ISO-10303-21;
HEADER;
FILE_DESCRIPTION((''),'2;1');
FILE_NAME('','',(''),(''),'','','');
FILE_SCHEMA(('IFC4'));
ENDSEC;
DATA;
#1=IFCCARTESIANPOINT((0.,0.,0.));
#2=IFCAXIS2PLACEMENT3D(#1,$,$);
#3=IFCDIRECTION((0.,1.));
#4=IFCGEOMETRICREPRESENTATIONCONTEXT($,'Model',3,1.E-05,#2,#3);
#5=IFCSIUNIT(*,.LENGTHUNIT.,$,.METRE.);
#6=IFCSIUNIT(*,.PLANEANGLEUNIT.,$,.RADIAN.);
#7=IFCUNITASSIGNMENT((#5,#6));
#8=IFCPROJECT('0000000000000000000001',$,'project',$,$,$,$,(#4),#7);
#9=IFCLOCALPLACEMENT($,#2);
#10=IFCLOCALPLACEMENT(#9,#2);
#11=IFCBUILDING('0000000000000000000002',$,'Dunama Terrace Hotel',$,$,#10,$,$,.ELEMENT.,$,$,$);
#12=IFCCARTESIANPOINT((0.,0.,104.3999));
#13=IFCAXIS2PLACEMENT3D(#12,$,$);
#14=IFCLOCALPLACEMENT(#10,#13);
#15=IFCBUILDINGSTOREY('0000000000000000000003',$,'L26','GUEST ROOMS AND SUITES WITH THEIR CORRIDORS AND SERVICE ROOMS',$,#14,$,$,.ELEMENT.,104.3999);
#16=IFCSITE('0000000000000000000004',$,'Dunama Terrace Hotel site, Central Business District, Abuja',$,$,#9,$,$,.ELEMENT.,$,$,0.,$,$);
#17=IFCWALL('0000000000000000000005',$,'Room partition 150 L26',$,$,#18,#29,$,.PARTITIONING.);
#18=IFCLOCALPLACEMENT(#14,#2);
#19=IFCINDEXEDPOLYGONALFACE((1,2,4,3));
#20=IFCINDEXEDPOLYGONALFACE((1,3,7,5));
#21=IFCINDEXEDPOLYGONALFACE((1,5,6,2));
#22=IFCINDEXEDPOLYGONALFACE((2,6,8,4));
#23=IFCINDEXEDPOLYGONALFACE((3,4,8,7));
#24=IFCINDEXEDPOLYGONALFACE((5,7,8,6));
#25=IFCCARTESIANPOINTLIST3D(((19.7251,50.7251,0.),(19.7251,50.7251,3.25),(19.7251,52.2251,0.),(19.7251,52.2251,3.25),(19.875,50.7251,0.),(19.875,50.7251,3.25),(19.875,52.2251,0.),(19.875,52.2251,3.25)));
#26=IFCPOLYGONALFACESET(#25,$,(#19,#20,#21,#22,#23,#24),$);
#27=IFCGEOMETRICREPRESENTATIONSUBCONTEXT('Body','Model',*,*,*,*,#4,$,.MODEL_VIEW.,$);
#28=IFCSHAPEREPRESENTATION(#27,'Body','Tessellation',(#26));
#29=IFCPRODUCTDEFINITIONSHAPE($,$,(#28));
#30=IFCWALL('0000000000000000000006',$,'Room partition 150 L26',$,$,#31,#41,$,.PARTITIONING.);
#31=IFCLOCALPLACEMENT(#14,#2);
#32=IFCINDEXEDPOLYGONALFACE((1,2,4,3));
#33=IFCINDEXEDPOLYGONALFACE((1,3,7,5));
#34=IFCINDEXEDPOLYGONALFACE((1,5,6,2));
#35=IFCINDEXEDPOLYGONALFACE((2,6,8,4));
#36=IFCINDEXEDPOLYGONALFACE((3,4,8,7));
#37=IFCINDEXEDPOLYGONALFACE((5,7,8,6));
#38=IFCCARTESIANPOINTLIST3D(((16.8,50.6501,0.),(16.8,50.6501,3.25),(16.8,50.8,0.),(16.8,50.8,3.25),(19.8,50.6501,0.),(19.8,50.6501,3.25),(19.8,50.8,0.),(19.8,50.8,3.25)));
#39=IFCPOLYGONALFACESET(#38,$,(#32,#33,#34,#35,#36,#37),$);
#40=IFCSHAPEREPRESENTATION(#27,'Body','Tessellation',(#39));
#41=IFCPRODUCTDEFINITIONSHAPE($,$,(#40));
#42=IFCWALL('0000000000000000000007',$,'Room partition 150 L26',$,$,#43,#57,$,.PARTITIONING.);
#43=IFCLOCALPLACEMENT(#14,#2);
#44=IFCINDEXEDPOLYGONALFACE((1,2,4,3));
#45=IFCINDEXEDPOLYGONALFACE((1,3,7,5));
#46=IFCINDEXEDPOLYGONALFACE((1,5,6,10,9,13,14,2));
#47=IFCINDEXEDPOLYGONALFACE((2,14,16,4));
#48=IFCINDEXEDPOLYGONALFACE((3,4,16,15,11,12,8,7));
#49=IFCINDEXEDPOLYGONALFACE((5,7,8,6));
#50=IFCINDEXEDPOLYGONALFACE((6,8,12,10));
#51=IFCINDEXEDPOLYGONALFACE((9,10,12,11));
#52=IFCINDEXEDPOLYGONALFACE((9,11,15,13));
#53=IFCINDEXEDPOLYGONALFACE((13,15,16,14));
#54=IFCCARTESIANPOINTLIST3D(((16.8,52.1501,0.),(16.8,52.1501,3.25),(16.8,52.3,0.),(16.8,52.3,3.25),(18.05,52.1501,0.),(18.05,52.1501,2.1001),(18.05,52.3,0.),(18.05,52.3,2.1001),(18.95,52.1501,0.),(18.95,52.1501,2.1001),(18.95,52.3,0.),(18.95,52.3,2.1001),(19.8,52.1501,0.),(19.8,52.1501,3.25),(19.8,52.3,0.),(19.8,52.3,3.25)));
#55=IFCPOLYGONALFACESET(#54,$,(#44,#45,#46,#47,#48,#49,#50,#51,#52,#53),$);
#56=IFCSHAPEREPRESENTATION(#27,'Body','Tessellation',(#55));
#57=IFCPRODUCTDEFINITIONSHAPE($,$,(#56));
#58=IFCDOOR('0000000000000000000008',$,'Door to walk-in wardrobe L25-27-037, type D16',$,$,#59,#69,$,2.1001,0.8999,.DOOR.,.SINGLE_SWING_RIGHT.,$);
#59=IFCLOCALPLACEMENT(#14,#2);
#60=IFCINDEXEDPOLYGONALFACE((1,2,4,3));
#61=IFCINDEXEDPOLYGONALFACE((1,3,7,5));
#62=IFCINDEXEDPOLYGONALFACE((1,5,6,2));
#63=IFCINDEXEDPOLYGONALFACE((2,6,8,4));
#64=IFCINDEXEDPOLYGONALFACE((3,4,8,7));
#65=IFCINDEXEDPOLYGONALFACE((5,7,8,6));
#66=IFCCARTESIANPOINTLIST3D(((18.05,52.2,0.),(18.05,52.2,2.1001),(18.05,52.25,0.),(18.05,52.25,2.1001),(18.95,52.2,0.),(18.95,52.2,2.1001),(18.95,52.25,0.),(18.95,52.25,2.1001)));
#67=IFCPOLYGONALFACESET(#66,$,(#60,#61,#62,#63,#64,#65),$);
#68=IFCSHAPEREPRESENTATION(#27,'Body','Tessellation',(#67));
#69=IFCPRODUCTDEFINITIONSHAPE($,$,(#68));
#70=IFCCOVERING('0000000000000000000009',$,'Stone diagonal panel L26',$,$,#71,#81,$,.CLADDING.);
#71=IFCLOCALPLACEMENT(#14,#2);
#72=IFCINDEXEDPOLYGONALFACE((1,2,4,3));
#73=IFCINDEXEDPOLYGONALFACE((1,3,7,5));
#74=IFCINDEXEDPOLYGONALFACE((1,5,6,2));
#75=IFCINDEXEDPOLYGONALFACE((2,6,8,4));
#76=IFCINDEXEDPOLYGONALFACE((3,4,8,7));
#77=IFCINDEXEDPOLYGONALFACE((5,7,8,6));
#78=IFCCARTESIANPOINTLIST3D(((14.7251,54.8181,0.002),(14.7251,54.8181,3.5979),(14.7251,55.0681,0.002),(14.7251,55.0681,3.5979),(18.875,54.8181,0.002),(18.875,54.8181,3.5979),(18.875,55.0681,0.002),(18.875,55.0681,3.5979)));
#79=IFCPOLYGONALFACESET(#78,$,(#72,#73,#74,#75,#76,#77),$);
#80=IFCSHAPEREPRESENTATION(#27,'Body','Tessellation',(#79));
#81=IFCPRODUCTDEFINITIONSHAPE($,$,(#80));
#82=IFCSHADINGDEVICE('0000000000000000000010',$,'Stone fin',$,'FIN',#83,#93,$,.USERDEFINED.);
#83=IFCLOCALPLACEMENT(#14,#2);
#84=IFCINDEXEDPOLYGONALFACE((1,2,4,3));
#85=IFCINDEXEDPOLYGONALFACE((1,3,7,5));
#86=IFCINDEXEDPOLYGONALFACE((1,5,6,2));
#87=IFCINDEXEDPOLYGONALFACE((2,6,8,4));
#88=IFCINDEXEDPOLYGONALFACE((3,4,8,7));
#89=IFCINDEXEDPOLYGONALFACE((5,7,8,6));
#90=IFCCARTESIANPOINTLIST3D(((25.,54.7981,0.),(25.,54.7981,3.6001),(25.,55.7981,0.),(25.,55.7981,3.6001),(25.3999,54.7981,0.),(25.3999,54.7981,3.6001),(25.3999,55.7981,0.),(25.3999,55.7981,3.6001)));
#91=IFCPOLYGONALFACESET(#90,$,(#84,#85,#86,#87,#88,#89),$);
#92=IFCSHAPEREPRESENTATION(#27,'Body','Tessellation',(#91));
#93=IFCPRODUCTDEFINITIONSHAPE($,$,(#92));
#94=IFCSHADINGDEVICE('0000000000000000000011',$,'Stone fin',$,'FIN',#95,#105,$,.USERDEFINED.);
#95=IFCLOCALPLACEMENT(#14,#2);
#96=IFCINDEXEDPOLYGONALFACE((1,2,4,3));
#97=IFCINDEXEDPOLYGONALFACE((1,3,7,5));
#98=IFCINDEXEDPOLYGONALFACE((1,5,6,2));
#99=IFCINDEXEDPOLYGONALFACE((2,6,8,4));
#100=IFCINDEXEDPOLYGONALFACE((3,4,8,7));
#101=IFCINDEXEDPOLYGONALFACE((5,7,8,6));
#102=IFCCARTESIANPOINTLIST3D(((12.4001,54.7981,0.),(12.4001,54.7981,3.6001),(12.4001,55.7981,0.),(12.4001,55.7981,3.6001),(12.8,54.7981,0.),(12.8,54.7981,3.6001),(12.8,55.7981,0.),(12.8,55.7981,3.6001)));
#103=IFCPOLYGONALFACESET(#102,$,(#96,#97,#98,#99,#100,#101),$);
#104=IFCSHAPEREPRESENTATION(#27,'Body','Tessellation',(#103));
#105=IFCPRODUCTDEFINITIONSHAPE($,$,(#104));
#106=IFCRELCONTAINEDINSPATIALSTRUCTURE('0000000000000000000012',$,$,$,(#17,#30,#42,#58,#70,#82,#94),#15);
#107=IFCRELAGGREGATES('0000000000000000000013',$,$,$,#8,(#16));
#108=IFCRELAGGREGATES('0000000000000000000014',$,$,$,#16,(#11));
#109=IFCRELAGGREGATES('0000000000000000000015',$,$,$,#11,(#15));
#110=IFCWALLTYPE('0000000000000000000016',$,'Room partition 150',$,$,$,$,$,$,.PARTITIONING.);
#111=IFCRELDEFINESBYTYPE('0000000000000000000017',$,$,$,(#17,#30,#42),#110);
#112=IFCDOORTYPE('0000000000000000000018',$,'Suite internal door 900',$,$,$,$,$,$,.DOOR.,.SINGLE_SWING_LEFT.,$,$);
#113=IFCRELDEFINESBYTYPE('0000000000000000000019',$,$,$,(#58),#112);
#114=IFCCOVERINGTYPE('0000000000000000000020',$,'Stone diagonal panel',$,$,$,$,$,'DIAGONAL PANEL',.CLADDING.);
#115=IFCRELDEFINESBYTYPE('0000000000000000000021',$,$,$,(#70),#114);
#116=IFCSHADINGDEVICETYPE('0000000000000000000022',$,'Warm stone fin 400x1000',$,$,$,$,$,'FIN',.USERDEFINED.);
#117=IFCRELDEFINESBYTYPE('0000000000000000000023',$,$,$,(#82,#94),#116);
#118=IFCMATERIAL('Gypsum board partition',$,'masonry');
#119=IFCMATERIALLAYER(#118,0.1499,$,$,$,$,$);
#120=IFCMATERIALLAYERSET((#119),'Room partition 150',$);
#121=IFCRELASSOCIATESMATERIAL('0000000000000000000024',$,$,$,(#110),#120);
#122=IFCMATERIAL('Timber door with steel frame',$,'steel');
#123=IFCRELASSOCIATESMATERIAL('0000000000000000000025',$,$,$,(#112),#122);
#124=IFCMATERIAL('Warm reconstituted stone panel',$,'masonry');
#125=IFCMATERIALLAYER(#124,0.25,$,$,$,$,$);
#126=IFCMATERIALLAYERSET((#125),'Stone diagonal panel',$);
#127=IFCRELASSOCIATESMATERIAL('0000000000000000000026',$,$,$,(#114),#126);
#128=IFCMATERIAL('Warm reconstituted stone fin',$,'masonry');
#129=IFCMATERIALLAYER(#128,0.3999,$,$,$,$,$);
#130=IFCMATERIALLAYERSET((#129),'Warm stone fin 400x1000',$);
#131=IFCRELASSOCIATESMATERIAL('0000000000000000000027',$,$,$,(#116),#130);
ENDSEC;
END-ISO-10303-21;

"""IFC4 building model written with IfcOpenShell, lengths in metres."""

from ifc_helpers import new_model, si_unit, direction, frame, frame_2d, origin, origin_2d, place, context, subcontext, project, spatial, rectangle, extrude, material, layer, layer_set, type_object, element, fill, save


model = new_model("IFC4")

# Units and contexts
model_context = context("Model", 3, precision=1e-05, world=origin(), true_north=direction((0.0, 1.0)))
body_context = subcontext(model_context, "Body", "Model", "MODEL_VIEW")
ifc_project = project(units=[si_unit("LENGTHUNIT", "METRE"), si_unit("PLANEANGLEUNIT", "RADIAN")], contexts=[model_context])

# Site, building, storey
site_placement = place(None, origin())
site = spatial("IfcSite", under=ifc_project, at=site_placement, Name="Dunama Terrace Hotel site, Central Business District, Abuja", CompositionType="ELEMENT", RefElevation=0.0)
building_placement = place(site_placement, origin())
building = spatial("IfcBuilding", under=site, at=building_placement, Name="Dunama Terrace Hotel", CompositionType="ELEMENT")
storey_placement = place(building_placement, frame((0.0, 0.0, 104.3999)))
storey = spatial("IfcBuildingStorey", under=building, at=storey_placement, Name="L26", Description="GUEST ROOMS AND SUITES WITH THEIR CORRIDORS AND SERVICE ROOMS", CompositionType="ELEMENT", Elevation=104.3999)

# Walls
ifc_material_1 = material(Name="Gypsum board partition", Category="masonry")
ifc_layer_1 = layer(ifc_material_1, 0.1499)
ifc_layer_set_1 = layer_set([ifc_layer_1], Name="Room partition 150")
wall_type_1 = type_object("IfcWallType", Name="Room partition 150", PredefinedType="PARTITIONING", material=ifc_layer_set_1)
wall_1_placement = place(storey_placement, frame((19.8, 50.7251, 0.0), z_axis=(0.0, 0.0, 1.0), x_axis=(0.0, 1.0, 0.0)))
element("IfcWall", 1, at=wall_1_placement, inside=storey, type_object=wall_type_1, Name="Room partition 150 L26", PredefinedType="PARTITIONING", context=body_context, shape_type="SweptSolid", body=[
    extrude(rectangle(XDim=1.5, YDim=0.1499, at=frame_2d((0.75, 0.0))), origin(), (0.0, 0.0, 1.0), 3.25),
])
wall_2_placement = place(storey_placement, frame((16.8, 50.7251, 0.0), z_axis=(0.0, 0.0, 1.0), x_axis=(1.0, 0.0, 0.0)))
element("IfcWall", 2, at=wall_2_placement, inside=storey, type_object=wall_type_1, Name="Room partition 150 L26", PredefinedType="PARTITIONING", context=body_context, shape_type="SweptSolid", body=[
    extrude(rectangle(XDim=3.0, YDim=0.1499, at=frame_2d((1.5, 0.0))), origin(), (0.0, 0.0, 1.0), 3.25),
])

# Wall, opening, door
wall_3_placement = place(storey_placement, frame((16.8, 52.2251, 0.0), z_axis=(0.0, 0.0, 1.0), x_axis=(1.0, 0.0, 0.0)))
wall_3 = element("IfcWall", 3, at=wall_3_placement, inside=storey, type_object=wall_type_1, Name="Room partition 150 L26", PredefinedType="PARTITIONING", context=body_context, shape_type="SweptSolid", body=[
    extrude(rectangle(XDim=3.0, YDim=0.1499, at=frame_2d((1.5, 0.0))), origin(), (0.0, 0.0, 1.0), 3.25),
])
opening_1_placement = place(wall_3_placement, frame((1.25, 0.0, 0.0)))
opening_1 = element("IfcOpeningElement", 4, at=opening_1_placement, cuts=wall_3, PredefinedType="OPENING", context=body_context, shape_type="SweptSolid", body=[
    extrude(rectangle(XDim=0.8999, YDim=2.1001, at=frame_2d((0.45, 1.05))), frame((0.0, 0.085, 0.0), z_axis=(0.0, -1.0, 0.0), x_axis=(1.0, 0.0, 0.0)), (0.0, 0.0, 1.0), 0.1699),
])
ifc_material_2 = material(Name="Timber door with steel frame", Category="steel")
door_type_1 = type_object("IfcDoorType", Name="Suite internal door 900", OperationType="SINGLE_SWING_LEFT", PredefinedType="DOOR", material=ifc_material_2)
door_1_placement = place(opening_1_placement, frame((0.8999, 0.0, 0.0), z_axis=(0.0, 0.0, 1.0), x_axis=(-1.0, 0.0, 0.0)))
door_1 = element("IfcDoor", 5, at=door_1_placement, inside=storey, type_object=door_type_1, Name="Door to walk-in wardrobe L25-27-037, type D16", OperationType="SINGLE_SWING_RIGHT", OverallHeight=2.1001, OverallWidth=0.8999, PredefinedType="DOOR", context=body_context, shape_type="SweptSolid", body=[
    extrude(rectangle(XDim=0.8999, YDim=2.1001, at=frame_2d((0.45, 1.05))), frame((0.0, 0.0251, 0.0), z_axis=(0.0, -1.0, 0.0), x_axis=(1.0, 0.0, 0.0)), (0.0, 0.0, 1.0), 0.05),
])
fill(opening_1, door_1)

# Covering
ifc_material_3 = material(Name="Warm reconstituted stone panel", Category="masonry")
ifc_layer_2 = layer(ifc_material_3, 0.25)
ifc_layer_set_2 = layer_set([ifc_layer_2], Name="Stone diagonal panel")
covering_type = type_object("IfcCoveringType", Name="Stone diagonal panel", ElementType="DIAGONAL PANEL", PredefinedType="CLADDING", material=ifc_layer_set_2)
covering_placement = place(storey_placement, frame((16.8, 54.9431, 0.002), z_axis=(0.0, 0.0, 1.0), x_axis=(-1.0, 0.0, 0.0)))
element("IfcCovering", 6, at=covering_placement, inside=storey, type_object=covering_type, Name="Stone diagonal panel L26", PredefinedType="CLADDING", context=body_context, shape_type="SweptSolid", body=[
    extrude(rectangle(XDim=4.1499, YDim=0.25, at=origin_2d()), origin(), (0.0, 0.0, 1.0), 3.5959),
])

# Shading devices
ifc_material_4 = material(Name="Warm reconstituted stone fin", Category="masonry")
ifc_layer_3 = layer(ifc_material_4, 0.3999)
ifc_layer_set_3 = layer_set([ifc_layer_3], Name="Warm stone fin 400x1000")
shading_device_type = type_object("IfcShadingDeviceType", Name="Warm stone fin 400x1000", ElementType="FIN", PredefinedType="USERDEFINED", material=ifc_layer_set_3)
for number, where, z_axis, x_axis, name in (
    (7, (25.2, 55.2981, 0.0), (0.0, 0.0, 1.0), (-1.0, 0.0, 0.0), "Stone fin"),
    (8, (12.6001, 55.2981, 0.0), (0.0, 0.0, 1.0), (-1.0, 0.0, 0.0), "Stone fin"),
):
    element("IfcShadingDevice", number, at=place(storey_placement, frame(where, z_axis=z_axis, x_axis=x_axis)), inside=storey, type_object=shading_device_type, Name=name, ObjectType="FIN", PredefinedType="USERDEFINED", context=body_context, shape_type="SweptSolid", body=[
        extrude(rectangle(XDim=0.3999, YDim=1.0, at=origin_2d()), origin(), (0.0, 0.0, 1.0), 3.6001),
    ])

save(model, "model.ifc")
